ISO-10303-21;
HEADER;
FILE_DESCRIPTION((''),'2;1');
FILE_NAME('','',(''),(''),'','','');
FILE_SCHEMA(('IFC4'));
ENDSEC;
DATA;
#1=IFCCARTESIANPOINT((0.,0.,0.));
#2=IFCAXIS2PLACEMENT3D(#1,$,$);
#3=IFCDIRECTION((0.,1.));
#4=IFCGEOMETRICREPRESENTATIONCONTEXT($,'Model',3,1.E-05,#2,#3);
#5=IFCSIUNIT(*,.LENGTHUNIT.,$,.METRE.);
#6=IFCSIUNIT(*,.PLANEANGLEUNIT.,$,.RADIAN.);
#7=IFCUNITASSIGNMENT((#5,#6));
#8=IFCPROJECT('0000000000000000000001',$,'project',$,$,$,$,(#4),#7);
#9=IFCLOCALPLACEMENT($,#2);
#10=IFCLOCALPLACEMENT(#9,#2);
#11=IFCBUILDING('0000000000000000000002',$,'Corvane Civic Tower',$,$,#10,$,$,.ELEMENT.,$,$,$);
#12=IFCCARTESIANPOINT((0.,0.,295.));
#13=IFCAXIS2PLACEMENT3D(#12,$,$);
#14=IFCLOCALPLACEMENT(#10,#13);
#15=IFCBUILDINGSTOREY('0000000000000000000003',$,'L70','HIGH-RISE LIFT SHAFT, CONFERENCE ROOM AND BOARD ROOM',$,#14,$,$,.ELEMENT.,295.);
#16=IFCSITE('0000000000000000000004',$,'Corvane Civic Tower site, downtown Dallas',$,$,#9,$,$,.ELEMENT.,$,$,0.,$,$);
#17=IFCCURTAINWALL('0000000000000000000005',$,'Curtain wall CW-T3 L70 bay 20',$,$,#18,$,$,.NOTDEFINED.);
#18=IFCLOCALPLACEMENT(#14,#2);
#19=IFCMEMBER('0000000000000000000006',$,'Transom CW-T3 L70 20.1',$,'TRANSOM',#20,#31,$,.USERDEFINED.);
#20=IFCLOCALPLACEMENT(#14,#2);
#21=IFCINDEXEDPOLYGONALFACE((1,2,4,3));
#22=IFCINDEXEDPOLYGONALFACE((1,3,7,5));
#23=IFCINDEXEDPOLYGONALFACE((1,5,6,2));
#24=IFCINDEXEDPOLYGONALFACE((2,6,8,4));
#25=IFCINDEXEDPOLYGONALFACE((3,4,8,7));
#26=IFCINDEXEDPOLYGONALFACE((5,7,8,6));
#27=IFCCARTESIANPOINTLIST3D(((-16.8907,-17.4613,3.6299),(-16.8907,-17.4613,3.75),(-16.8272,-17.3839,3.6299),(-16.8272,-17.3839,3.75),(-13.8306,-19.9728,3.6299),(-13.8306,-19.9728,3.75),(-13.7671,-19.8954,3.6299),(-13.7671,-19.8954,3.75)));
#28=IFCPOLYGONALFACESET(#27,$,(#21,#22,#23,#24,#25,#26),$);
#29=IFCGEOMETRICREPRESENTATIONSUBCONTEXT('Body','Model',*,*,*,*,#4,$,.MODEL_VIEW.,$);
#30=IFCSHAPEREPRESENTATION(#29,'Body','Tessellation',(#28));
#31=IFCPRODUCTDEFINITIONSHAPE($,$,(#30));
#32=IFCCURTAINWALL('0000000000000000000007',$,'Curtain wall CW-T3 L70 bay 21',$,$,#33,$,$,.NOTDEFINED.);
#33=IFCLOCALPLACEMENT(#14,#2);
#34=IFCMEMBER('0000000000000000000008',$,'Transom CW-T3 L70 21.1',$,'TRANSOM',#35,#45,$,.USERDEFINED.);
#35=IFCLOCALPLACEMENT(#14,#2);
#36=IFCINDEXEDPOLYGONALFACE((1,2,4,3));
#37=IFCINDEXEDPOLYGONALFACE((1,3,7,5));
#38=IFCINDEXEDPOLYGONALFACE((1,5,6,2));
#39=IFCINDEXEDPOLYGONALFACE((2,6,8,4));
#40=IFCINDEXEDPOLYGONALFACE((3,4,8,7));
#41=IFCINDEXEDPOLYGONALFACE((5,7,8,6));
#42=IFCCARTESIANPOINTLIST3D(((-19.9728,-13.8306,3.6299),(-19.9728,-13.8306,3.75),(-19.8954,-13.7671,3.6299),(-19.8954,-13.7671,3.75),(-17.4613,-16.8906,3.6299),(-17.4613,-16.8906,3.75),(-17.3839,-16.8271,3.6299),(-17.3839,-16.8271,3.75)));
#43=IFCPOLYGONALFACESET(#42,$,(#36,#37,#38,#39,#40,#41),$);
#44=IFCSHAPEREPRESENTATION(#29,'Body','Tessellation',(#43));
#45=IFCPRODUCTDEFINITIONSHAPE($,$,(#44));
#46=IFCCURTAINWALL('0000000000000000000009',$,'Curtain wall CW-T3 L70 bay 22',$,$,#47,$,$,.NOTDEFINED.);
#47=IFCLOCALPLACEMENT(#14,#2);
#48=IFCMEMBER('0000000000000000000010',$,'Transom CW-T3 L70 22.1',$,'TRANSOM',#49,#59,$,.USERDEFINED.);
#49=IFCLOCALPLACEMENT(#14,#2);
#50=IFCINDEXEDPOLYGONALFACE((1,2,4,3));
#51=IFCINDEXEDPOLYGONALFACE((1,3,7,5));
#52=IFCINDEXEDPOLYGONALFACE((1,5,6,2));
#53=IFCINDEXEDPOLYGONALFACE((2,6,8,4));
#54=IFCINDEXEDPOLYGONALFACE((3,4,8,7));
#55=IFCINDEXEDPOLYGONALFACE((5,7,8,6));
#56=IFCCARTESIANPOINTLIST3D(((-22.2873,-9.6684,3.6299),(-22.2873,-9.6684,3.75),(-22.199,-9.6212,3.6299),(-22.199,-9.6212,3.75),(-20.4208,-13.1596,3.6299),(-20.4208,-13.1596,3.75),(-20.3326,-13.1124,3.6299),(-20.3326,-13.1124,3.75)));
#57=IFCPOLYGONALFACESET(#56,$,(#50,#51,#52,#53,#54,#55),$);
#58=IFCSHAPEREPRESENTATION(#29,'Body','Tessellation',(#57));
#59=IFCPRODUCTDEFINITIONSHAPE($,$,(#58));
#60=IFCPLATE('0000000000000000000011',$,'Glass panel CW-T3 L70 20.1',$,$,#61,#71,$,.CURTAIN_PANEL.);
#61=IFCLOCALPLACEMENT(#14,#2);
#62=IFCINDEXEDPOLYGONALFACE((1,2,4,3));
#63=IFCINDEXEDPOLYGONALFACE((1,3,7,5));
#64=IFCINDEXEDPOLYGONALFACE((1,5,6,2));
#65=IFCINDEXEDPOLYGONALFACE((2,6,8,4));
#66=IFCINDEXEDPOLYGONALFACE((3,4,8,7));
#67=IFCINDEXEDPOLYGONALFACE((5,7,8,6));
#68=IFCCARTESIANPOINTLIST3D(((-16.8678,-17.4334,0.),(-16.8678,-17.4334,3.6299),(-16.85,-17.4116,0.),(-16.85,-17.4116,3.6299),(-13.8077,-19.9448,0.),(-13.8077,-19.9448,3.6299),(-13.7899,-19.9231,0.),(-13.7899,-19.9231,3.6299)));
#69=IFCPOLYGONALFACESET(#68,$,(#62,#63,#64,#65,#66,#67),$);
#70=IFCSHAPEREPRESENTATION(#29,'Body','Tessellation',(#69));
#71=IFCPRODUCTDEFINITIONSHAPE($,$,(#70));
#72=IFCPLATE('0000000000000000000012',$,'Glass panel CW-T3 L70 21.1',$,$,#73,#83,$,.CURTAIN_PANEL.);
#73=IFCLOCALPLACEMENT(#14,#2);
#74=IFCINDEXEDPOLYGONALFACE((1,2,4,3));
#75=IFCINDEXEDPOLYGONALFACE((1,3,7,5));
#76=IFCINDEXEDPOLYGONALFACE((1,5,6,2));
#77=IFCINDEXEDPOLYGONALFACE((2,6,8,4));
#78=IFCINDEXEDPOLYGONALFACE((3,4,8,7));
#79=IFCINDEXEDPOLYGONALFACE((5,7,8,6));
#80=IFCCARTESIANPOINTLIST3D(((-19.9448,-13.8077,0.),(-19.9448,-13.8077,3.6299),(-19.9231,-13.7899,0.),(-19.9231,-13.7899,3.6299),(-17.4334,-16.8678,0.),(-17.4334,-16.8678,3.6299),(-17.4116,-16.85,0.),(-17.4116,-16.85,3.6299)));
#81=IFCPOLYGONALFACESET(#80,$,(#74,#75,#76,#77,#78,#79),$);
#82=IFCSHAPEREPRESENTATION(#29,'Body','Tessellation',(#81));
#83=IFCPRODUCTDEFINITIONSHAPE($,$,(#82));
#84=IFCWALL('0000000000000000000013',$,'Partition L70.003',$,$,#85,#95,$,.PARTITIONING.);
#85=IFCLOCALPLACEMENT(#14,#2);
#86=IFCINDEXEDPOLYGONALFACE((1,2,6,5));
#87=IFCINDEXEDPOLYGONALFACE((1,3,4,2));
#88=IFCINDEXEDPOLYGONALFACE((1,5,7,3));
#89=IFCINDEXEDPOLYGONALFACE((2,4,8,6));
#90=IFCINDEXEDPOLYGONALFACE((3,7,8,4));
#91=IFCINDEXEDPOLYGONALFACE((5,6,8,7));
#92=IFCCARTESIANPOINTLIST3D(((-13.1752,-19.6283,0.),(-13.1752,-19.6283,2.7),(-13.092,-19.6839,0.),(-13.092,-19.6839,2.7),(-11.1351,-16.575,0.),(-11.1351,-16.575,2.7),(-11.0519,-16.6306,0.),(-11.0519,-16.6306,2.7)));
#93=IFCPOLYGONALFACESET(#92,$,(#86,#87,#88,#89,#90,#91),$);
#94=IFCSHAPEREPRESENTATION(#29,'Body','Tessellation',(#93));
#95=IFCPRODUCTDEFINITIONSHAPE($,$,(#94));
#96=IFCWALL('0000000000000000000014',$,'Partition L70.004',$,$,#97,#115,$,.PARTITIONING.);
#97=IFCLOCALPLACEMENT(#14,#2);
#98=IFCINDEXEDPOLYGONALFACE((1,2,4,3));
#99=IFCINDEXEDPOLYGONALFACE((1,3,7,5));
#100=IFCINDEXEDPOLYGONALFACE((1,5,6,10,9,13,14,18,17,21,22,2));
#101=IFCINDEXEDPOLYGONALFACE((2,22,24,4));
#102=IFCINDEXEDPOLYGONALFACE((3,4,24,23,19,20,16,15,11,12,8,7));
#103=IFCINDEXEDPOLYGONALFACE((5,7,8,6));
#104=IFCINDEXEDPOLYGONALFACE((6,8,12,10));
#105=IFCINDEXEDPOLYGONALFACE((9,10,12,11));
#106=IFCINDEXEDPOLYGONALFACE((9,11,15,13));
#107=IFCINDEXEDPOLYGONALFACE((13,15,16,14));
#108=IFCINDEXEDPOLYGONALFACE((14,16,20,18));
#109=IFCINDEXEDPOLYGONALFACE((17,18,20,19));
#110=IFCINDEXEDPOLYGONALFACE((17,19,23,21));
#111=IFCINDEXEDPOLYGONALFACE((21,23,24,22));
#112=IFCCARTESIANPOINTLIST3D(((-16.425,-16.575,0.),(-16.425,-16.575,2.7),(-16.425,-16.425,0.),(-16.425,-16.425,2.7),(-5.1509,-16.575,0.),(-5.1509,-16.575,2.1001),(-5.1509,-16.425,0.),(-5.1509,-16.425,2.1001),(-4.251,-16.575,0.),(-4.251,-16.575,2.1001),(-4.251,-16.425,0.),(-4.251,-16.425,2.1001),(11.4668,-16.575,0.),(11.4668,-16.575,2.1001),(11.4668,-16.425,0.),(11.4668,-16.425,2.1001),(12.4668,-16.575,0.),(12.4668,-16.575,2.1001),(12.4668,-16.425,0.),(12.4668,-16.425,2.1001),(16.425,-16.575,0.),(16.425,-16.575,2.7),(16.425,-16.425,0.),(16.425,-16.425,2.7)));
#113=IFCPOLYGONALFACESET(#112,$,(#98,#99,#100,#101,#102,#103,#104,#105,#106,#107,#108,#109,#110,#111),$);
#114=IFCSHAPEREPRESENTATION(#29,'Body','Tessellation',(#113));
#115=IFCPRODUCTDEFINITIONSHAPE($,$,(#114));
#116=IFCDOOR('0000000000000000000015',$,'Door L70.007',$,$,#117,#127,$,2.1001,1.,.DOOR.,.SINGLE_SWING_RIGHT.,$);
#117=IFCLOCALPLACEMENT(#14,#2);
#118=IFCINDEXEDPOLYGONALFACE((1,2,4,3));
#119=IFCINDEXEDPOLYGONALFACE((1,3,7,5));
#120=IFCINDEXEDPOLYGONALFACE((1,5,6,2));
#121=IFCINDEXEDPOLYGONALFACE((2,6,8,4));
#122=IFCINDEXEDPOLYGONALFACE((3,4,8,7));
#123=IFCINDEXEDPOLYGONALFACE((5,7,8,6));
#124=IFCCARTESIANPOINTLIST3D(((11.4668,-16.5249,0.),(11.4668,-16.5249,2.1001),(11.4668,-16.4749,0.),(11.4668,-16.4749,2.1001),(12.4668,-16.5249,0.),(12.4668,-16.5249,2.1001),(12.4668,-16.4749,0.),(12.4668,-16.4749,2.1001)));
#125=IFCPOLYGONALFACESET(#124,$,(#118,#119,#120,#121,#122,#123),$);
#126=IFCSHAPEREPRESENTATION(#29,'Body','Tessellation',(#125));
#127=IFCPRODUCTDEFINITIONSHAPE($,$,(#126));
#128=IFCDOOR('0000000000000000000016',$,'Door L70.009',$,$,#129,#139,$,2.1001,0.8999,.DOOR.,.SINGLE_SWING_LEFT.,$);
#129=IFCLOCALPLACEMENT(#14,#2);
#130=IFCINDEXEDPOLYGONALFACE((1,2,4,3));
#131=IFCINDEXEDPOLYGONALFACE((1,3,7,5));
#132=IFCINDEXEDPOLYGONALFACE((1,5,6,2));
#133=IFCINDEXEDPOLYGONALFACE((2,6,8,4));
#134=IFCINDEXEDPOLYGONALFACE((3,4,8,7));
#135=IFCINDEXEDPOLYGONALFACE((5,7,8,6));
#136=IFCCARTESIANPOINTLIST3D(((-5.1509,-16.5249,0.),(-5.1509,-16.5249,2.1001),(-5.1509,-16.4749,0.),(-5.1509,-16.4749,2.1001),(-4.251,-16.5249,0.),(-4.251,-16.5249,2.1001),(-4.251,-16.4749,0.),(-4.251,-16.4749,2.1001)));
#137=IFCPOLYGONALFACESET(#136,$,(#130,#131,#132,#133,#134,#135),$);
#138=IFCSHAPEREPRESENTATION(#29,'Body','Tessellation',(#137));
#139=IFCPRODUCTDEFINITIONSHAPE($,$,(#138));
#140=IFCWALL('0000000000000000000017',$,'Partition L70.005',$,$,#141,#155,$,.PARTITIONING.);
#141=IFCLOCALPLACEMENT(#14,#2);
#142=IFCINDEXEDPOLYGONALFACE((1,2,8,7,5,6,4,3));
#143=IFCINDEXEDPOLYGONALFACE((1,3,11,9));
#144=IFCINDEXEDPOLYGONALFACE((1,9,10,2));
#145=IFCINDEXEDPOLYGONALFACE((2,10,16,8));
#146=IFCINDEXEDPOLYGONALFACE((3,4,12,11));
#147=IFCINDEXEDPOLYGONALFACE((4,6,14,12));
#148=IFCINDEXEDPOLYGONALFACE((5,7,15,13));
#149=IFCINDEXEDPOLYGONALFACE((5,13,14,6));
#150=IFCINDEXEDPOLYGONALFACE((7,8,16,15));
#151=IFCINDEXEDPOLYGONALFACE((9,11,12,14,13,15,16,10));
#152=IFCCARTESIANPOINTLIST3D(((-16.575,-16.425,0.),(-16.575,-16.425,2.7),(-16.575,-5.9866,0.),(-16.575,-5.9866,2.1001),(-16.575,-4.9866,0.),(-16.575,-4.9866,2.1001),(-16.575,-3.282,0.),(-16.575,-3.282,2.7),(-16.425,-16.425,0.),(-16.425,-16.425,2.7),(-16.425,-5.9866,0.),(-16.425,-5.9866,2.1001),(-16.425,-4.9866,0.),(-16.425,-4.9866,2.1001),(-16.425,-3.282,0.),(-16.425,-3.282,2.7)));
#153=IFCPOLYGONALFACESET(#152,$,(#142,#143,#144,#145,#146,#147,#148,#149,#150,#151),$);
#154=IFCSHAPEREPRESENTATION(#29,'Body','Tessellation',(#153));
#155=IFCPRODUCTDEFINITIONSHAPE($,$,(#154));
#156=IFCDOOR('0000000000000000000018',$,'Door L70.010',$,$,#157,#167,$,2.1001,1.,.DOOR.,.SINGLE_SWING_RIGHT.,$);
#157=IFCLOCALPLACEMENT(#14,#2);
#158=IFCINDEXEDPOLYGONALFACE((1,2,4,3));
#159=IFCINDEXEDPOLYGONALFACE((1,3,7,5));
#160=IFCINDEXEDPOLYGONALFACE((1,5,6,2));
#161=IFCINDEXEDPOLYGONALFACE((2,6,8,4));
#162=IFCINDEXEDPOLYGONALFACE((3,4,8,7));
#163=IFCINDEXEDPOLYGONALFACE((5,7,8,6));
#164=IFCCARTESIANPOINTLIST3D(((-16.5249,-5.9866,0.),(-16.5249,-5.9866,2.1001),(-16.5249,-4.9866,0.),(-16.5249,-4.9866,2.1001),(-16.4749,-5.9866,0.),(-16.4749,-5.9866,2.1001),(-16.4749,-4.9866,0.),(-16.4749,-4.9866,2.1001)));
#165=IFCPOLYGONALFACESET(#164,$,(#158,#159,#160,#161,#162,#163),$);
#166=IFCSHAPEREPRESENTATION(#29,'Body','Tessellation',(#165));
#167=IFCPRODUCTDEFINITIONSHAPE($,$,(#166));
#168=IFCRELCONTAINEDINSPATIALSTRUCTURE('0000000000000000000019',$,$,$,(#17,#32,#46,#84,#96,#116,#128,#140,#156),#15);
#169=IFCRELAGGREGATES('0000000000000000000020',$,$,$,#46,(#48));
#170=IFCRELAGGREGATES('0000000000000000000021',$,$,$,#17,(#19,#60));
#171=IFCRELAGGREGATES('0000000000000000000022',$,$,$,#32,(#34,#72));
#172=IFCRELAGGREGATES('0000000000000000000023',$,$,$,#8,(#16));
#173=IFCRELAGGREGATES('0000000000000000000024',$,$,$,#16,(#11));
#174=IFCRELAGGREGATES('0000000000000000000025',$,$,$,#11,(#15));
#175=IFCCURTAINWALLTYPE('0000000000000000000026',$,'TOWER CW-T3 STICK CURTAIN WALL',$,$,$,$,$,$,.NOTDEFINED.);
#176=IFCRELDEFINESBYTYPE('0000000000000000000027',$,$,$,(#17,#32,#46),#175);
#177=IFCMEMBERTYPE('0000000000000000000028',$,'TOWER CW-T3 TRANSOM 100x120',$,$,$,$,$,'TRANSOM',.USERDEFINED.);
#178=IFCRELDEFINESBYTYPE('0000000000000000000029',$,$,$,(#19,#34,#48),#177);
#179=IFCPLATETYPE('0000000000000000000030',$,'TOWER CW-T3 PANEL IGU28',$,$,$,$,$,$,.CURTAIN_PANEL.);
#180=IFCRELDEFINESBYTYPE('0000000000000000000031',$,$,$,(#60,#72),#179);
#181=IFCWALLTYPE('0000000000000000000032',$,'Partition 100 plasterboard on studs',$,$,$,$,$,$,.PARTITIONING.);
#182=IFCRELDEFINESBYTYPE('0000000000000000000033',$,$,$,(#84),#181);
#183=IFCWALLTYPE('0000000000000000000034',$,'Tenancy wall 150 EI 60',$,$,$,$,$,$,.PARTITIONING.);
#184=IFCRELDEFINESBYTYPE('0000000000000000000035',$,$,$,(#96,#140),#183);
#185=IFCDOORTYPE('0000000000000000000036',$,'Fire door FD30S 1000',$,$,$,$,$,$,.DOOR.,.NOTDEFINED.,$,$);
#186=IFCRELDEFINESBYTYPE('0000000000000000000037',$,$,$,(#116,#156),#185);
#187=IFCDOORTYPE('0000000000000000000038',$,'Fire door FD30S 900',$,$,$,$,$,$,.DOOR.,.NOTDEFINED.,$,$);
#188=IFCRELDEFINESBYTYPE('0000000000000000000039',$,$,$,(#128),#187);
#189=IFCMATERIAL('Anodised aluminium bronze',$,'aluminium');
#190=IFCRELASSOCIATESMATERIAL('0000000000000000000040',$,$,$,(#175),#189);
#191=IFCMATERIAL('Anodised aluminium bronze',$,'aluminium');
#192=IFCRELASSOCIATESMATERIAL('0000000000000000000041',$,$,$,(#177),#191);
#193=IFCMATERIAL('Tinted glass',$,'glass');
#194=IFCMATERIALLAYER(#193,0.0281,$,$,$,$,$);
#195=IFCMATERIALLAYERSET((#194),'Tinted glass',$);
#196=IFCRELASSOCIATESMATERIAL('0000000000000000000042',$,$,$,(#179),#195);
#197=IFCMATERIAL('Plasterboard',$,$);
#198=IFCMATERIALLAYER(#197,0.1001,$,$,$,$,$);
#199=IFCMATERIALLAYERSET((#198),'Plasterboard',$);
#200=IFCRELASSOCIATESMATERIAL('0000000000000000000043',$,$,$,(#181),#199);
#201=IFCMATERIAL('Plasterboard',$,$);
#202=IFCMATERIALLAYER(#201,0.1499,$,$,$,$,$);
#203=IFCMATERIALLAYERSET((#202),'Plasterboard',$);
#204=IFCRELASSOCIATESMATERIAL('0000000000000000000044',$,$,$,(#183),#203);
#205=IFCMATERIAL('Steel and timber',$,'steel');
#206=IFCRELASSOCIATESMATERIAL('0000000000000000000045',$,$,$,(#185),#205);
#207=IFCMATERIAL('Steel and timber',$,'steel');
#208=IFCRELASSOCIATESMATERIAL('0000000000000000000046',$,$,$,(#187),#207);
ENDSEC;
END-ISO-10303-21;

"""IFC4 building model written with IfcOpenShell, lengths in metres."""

from ifc_helpers import new_model, si_unit, direction, frame, frame_2d, origin, origin_2d, place, context, subcontext, project, spatial, rectangle, extrude, material, layer, layer_set, material_profile, profile_set, type_object, element, fill, aggregate, save


model = new_model("IFC4")

# Units and contexts
model_context = context("Model", 3, precision=1e-05, world=origin(), true_north=direction((0.0, 1.0)))
body_context = subcontext(model_context, "Body", "Model", "MODEL_VIEW")
ifc_project = project(units=[si_unit("LENGTHUNIT", "METRE"), si_unit("PLANEANGLEUNIT", "RADIAN")], contexts=[model_context])

# Site, building, storey
site_placement = place(None, origin())
site = spatial("IfcSite", under=ifc_project, at=site_placement, Name="Corvane Civic Tower site, downtown Dallas", CompositionType="ELEMENT", RefElevation=0.0)
building_placement = place(site_placement, origin())
building = spatial("IfcBuilding", under=site, at=building_placement, Name="Corvane Civic Tower", CompositionType="ELEMENT")
storey_placement = place(building_placement, frame((0.0, 0.0, 295.0)))
storey = spatial("IfcBuildingStorey", under=building, at=storey_placement, Name="L70", Description="HIGH-RISE LIFT SHAFT, CONFERENCE ROOM AND BOARD ROOM", CompositionType="ELEMENT", Elevation=295.0)

# Curtain walls, members
ifc_material_1 = material(Name="Anodised aluminium bronze", Category="aluminium")
curtain_wall_type = type_object("IfcCurtainWallType", Name="TOWER CW-T3 STICK CURTAIN WALL", PredefinedType="NOTDEFINED", material=ifc_material_1)
curtain_wall_1_placement = place(storey_placement, origin())
curtain_wall_1 = element("IfcCurtainWall", 1, at=curtain_wall_1_placement, inside=storey, type_object=curtain_wall_type, Name="Curtain wall CW-T3 L70 bay 20", PredefinedType="NOTDEFINED")
ifc_material_2 = material(Name="Anodised aluminium bronze", Category="aluminium")
ifc_material_profile_1 = material_profile(ifc_material_2, rectangle(XDim=0.1001, YDim=0.1201, at=origin_2d()), Name="TOWER CW-T3 TRANSOM 100x120")
ifc_profile_set_1 = profile_set([ifc_material_profile_1], Name="Anodised aluminium bronze")
member_type = type_object("IfcMemberType", Name="TOWER CW-T3 TRANSOM 100x120", ElementType="TRANSOM", PredefinedType="USERDEFINED", material=ifc_profile_set_1)
member_1_placement = place(storey_placement, frame((-13.7988, -19.9341, 3.6899), z_axis=(-0.772992, 0.634416, 0.0), x_axis=(-0.634416, -0.772992, 0.0)))
member_1 = element("IfcMember", 2, at=member_1_placement, type_object=member_type, Name="Transom CW-T3 L70 20.1", ObjectType="TRANSOM", PredefinedType="USERDEFINED", context=body_context, shape_type="SweptSolid", body=[
    extrude(rectangle(XDim=0.1001, YDim=0.1201, at=origin_2d()), origin(), (0.0, 0.0, 1.0), 3.9587),
])
curtain_wall_2_placement = place(storey_placement, origin())
curtain_wall_2 = element("IfcCurtainWall", 3, at=curtain_wall_2_placement, inside=storey, type_object=curtain_wall_type, Name="Curtain wall CW-T3 L70 bay 21", PredefinedType="NOTDEFINED")
member_2_placement = place(storey_placement, frame((-17.4226, -16.8589, 3.6899), z_axis=(-0.634416, 0.772992, 0.0), x_axis=(-0.772992, -0.634416, 0.0)))
member_2 = element("IfcMember", 4, at=member_2_placement, type_object=member_type, Name="Transom CW-T3 L70 21.1", ObjectType="TRANSOM", PredefinedType="USERDEFINED", context=body_context, shape_type="SweptSolid", body=[
    extrude(rectangle(XDim=0.1001, YDim=0.1201, at=origin_2d()), origin(), (0.0, 0.0, 1.0), 3.9587),
])
curtain_wall_3_placement = place(storey_placement, origin())
curtain_wall_3 = element("IfcCurtainWall", 5, at=curtain_wall_3_placement, inside=storey, type_object=curtain_wall_type, Name="Curtain wall CW-T3 L70 bay 22", PredefinedType="NOTDEFINED")
member_3_placement = place(storey_placement, frame((-20.3767, -13.136, 3.6899), z_axis=(-0.471468, 0.881883, 0.0), x_axis=(-0.881883, -0.471468, 0.0)))
member_3 = element("IfcMember", 6, at=member_3_placement, type_object=member_type, Name="Transom CW-T3 L70 22.1", ObjectType="TRANSOM", PredefinedType="USERDEFINED", context=body_context, shape_type="SweptSolid", body=[
    extrude(rectangle(XDim=0.1001, YDim=0.1201, at=origin_2d()), origin(), (0.0, 0.0, 1.0), 3.9587),
])
aggregate(curtain_wall_3, [member_3])

# Plates
ifc_material_3 = material(Name="Tinted glass", Category="glass")
ifc_layer_1 = layer(ifc_material_3, 0.0281)
ifc_layer_set_1 = layer_set([ifc_layer_1], Name="Tinted glass")
plate_type = type_object("IfcPlateType", Name="TOWER CW-T3 PANEL IGU28", PredefinedType="CURTAIN_PANEL", material=ifc_layer_set_1)
plate_1_placement = place(storey_placement, frame((-15.3289, -18.6782, 0.0), z_axis=(0.0, 0.0, 1.0), x_axis=(-0.773001, 0.634405, 0.0)))
plate_1 = element("IfcPlate", 7, at=plate_1_placement, type_object=plate_type, Name="Glass panel CW-T3 L70 20.1", PredefinedType="CURTAIN_PANEL", context=body_context, shape_type="SweptSolid", body=[
    extrude(rectangle(XDim=3.9587, YDim=0.0281, at=origin_2d()), origin(), (0.0, 0.0, 1.0), 3.6299),
])
aggregate(curtain_wall_1, [member_1, plate_1])
plate_2_placement = place(storey_placement, frame((-18.6782, -15.3289, 0.0), z_axis=(0.0, 0.0, 1.0), x_axis=(-0.634405, 0.773001, 0.0)))
plate_2 = element("IfcPlate", 8, at=plate_2_placement, type_object=plate_type, Name="Glass panel CW-T3 L70 21.1", PredefinedType="CURTAIN_PANEL", context=body_context, shape_type="SweptSolid", body=[
    extrude(rectangle(XDim=3.9587, YDim=0.0281, at=origin_2d()), origin(), (0.0, 0.0, 1.0), 3.6299),
])
aggregate(curtain_wall_2, [member_2, plate_2])

# Wall
ifc_material_4 = material(Name="Plasterboard")
ifc_layer_2 = layer(ifc_material_4, 0.1001)
ifc_layer_set_2 = layer_set([ifc_layer_2], Name="Plasterboard")
wall_type_1 = type_object("IfcWallType", Name="Partition 100 plasterboard on studs", PredefinedType="PARTITIONING", material=ifc_layer_set_2)
wall_1_placement = place(storey_placement, frame((-13.1335, -19.656, 0.0), z_axis=(0.0, 0.0, 1.0), x_axis=(0.555559, 0.831477, 0.0)))
element("IfcWall", 9, at=wall_1_placement, inside=storey, type_object=wall_type_1, Name="Partition L70.003", PredefinedType="PARTITIONING", context=body_context, shape_type="SweptSolid", body=[
    extrude(rectangle(XDim=3.6721, YDim=0.1001, at=frame_2d((1.8359, 0.0))), origin(), (0.0, 0.0, 1.0), 2.7),
])

# Wall, openings, doors
ifc_material_5 = material(Name="Plasterboard")
ifc_layer_3 = layer(ifc_material_5, 0.1499)
ifc_layer_set_3 = layer_set([ifc_layer_3], Name="Plasterboard")
wall_type_2 = type_object("IfcWallType", Name="Tenancy wall 150 EI 60", PredefinedType="PARTITIONING", material=ifc_layer_set_3)
wall_2_placement = place(storey_placement, frame((-16.425, -16.5, 0.0), z_axis=(0.0, 0.0, 1.0), x_axis=(1.0, 0.0, 0.0)))
wall_2 = element("IfcWall", 10, at=wall_2_placement, inside=storey, type_object=wall_type_2, Name="Partition L70.004", PredefinedType="PARTITIONING", context=body_context, shape_type="SweptSolid", body=[
    extrude(rectangle(XDim=32.8501, YDim=0.1499, at=frame_2d((16.425, 0.0))), origin(), (0.0, 0.0, 1.0), 2.7),
])
opening_1_placement = place(wall_2_placement, frame((27.8918, 0.0, 0.0)))
opening_1 = element("IfcOpeningElement", 11, at=opening_1_placement, cuts=wall_2, PredefinedType="OPENING", context=body_context, shape_type="SweptSolid", body=[
    extrude(rectangle(XDim=1.0, YDim=2.1001, at=frame_2d((0.5, 1.05))), frame((0.0, 0.085, 0.0), z_axis=(0.0, -1.0, 0.0), x_axis=(1.0, 0.0, 0.0)), (0.0, 0.0, 1.0), 0.1699),
])
opening_2_placement = place(wall_2_placement, frame((11.2742, 0.0, 0.0)))
opening_2 = element("IfcOpeningElement", 12, at=opening_2_placement, cuts=wall_2, PredefinedType="OPENING", context=body_context, shape_type="SweptSolid", body=[
    extrude(rectangle(XDim=0.8999, YDim=2.1001, at=frame_2d((0.45, 1.05))), frame((0.0, 0.085, 0.0), z_axis=(0.0, -1.0, 0.0), x_axis=(1.0, 0.0, 0.0)), (0.0, 0.0, 1.0), 0.1699),
])
ifc_material_6 = material(Name="Steel and timber", Category="steel")
door_type_1 = type_object("IfcDoorType", Name="Fire door FD30S 1000", OperationType="NOTDEFINED", PredefinedType="DOOR", material=ifc_material_6)
door_1_placement = place(opening_1_placement, frame((1.0, 0.0, 0.0), z_axis=(0.0, 0.0, 1.0), x_axis=(-1.0, 0.0, 0.0)))
door_1 = element("IfcDoor", 13, at=door_1_placement, inside=storey, type_object=door_type_1, Name="Door L70.007", OperationType="SINGLE_SWING_RIGHT", OverallHeight=2.1001, OverallWidth=1.0, PredefinedType="DOOR", context=body_context, shape_type="SweptSolid", body=[
    extrude(rectangle(XDim=1.0, YDim=2.1001, at=frame_2d((0.5, 1.05))), frame((0.0, 0.0249, 0.0), z_axis=(0.0, -1.0, 0.0), x_axis=(1.0, 0.0, 0.0)), (0.0, 0.0, 1.0), 0.05),
])
fill(opening_1, door_1)
ifc_material_7 = material(Name="Steel and timber", Category="steel")
door_type_2 = type_object("IfcDoorType", Name="Fire door FD30S 900", OperationType="NOTDEFINED", PredefinedType="DOOR", material=ifc_material_7)
door_2_placement = place(opening_2_placement, frame((0.8999, 0.0, 0.0), z_axis=(0.0, 0.0, 1.0), x_axis=(-1.0, 0.0, 0.0)))
door_2 = element("IfcDoor", 14, at=door_2_placement, inside=storey, type_object=door_type_2, Name="Door L70.009", OperationType="SINGLE_SWING_LEFT", OverallHeight=2.1001, OverallWidth=0.8999, PredefinedType="DOOR", context=body_context, shape_type="SweptSolid", body=[
    extrude(rectangle(XDim=0.8999, YDim=2.1001, at=frame_2d((0.45, 1.05))), frame((0.0, 0.0249, 0.0), z_axis=(0.0, -1.0, 0.0), x_axis=(1.0, 0.0, 0.0)), (0.0, 0.0, 1.0), 0.05),
])
fill(opening_2, door_2)

# Wall, opening, door
wall_3_placement = place(storey_placement, frame((-16.5, -16.425, 0.0), z_axis=(0.0, 0.0, 1.0), x_axis=(0.0, 1.0, 0.0)))
wall_3 = element("IfcWall", 15, at=wall_3_placement, inside=storey, type_object=wall_type_2, Name="Partition L70.005", PredefinedType="PARTITIONING", context=body_context, shape_type="SweptSolid", body=[
    extrude(rectangle(XDim=13.1431, YDim=0.1499, at=frame_2d((6.5715, 0.0))), origin(), (0.0, 0.0, 1.0), 2.7),
])
opening_3_placement = place(wall_3_placement, frame((10.4385, 0.0, 0.0)))
opening_3 = element("IfcOpeningElement", 16, at=opening_3_placement, cuts=wall_3, PredefinedType="OPENING", context=body_context, shape_type="SweptSolid", body=[
    extrude(rectangle(XDim=1.0, YDim=2.1001, at=frame_2d((0.5, 1.05))), frame((0.0, 0.085, 0.0), z_axis=(0.0, -1.0, 0.0), x_axis=(1.0, 0.0, 0.0)), (0.0, 0.0, 1.0), 0.1699),
])
door_3_placement = place(opening_3_placement, origin())
door_3 = element("IfcDoor", 17, at=door_3_placement, inside=storey, type_object=door_type_1, Name="Door L70.010", OperationType="SINGLE_SWING_RIGHT", OverallHeight=2.1001, OverallWidth=1.0, PredefinedType="DOOR", context=body_context, shape_type="SweptSolid", body=[
    extrude(rectangle(XDim=1.0, YDim=2.1001, at=frame_2d((0.5, 1.05))), frame((0.0, 0.0249, 0.0), z_axis=(0.0, -1.0, 0.0), x_axis=(1.0, 0.0, 0.0)), (0.0, 0.0, 1.0), 0.05),
])
fill(opening_3, door_3)

save(model, "model.ifc")
